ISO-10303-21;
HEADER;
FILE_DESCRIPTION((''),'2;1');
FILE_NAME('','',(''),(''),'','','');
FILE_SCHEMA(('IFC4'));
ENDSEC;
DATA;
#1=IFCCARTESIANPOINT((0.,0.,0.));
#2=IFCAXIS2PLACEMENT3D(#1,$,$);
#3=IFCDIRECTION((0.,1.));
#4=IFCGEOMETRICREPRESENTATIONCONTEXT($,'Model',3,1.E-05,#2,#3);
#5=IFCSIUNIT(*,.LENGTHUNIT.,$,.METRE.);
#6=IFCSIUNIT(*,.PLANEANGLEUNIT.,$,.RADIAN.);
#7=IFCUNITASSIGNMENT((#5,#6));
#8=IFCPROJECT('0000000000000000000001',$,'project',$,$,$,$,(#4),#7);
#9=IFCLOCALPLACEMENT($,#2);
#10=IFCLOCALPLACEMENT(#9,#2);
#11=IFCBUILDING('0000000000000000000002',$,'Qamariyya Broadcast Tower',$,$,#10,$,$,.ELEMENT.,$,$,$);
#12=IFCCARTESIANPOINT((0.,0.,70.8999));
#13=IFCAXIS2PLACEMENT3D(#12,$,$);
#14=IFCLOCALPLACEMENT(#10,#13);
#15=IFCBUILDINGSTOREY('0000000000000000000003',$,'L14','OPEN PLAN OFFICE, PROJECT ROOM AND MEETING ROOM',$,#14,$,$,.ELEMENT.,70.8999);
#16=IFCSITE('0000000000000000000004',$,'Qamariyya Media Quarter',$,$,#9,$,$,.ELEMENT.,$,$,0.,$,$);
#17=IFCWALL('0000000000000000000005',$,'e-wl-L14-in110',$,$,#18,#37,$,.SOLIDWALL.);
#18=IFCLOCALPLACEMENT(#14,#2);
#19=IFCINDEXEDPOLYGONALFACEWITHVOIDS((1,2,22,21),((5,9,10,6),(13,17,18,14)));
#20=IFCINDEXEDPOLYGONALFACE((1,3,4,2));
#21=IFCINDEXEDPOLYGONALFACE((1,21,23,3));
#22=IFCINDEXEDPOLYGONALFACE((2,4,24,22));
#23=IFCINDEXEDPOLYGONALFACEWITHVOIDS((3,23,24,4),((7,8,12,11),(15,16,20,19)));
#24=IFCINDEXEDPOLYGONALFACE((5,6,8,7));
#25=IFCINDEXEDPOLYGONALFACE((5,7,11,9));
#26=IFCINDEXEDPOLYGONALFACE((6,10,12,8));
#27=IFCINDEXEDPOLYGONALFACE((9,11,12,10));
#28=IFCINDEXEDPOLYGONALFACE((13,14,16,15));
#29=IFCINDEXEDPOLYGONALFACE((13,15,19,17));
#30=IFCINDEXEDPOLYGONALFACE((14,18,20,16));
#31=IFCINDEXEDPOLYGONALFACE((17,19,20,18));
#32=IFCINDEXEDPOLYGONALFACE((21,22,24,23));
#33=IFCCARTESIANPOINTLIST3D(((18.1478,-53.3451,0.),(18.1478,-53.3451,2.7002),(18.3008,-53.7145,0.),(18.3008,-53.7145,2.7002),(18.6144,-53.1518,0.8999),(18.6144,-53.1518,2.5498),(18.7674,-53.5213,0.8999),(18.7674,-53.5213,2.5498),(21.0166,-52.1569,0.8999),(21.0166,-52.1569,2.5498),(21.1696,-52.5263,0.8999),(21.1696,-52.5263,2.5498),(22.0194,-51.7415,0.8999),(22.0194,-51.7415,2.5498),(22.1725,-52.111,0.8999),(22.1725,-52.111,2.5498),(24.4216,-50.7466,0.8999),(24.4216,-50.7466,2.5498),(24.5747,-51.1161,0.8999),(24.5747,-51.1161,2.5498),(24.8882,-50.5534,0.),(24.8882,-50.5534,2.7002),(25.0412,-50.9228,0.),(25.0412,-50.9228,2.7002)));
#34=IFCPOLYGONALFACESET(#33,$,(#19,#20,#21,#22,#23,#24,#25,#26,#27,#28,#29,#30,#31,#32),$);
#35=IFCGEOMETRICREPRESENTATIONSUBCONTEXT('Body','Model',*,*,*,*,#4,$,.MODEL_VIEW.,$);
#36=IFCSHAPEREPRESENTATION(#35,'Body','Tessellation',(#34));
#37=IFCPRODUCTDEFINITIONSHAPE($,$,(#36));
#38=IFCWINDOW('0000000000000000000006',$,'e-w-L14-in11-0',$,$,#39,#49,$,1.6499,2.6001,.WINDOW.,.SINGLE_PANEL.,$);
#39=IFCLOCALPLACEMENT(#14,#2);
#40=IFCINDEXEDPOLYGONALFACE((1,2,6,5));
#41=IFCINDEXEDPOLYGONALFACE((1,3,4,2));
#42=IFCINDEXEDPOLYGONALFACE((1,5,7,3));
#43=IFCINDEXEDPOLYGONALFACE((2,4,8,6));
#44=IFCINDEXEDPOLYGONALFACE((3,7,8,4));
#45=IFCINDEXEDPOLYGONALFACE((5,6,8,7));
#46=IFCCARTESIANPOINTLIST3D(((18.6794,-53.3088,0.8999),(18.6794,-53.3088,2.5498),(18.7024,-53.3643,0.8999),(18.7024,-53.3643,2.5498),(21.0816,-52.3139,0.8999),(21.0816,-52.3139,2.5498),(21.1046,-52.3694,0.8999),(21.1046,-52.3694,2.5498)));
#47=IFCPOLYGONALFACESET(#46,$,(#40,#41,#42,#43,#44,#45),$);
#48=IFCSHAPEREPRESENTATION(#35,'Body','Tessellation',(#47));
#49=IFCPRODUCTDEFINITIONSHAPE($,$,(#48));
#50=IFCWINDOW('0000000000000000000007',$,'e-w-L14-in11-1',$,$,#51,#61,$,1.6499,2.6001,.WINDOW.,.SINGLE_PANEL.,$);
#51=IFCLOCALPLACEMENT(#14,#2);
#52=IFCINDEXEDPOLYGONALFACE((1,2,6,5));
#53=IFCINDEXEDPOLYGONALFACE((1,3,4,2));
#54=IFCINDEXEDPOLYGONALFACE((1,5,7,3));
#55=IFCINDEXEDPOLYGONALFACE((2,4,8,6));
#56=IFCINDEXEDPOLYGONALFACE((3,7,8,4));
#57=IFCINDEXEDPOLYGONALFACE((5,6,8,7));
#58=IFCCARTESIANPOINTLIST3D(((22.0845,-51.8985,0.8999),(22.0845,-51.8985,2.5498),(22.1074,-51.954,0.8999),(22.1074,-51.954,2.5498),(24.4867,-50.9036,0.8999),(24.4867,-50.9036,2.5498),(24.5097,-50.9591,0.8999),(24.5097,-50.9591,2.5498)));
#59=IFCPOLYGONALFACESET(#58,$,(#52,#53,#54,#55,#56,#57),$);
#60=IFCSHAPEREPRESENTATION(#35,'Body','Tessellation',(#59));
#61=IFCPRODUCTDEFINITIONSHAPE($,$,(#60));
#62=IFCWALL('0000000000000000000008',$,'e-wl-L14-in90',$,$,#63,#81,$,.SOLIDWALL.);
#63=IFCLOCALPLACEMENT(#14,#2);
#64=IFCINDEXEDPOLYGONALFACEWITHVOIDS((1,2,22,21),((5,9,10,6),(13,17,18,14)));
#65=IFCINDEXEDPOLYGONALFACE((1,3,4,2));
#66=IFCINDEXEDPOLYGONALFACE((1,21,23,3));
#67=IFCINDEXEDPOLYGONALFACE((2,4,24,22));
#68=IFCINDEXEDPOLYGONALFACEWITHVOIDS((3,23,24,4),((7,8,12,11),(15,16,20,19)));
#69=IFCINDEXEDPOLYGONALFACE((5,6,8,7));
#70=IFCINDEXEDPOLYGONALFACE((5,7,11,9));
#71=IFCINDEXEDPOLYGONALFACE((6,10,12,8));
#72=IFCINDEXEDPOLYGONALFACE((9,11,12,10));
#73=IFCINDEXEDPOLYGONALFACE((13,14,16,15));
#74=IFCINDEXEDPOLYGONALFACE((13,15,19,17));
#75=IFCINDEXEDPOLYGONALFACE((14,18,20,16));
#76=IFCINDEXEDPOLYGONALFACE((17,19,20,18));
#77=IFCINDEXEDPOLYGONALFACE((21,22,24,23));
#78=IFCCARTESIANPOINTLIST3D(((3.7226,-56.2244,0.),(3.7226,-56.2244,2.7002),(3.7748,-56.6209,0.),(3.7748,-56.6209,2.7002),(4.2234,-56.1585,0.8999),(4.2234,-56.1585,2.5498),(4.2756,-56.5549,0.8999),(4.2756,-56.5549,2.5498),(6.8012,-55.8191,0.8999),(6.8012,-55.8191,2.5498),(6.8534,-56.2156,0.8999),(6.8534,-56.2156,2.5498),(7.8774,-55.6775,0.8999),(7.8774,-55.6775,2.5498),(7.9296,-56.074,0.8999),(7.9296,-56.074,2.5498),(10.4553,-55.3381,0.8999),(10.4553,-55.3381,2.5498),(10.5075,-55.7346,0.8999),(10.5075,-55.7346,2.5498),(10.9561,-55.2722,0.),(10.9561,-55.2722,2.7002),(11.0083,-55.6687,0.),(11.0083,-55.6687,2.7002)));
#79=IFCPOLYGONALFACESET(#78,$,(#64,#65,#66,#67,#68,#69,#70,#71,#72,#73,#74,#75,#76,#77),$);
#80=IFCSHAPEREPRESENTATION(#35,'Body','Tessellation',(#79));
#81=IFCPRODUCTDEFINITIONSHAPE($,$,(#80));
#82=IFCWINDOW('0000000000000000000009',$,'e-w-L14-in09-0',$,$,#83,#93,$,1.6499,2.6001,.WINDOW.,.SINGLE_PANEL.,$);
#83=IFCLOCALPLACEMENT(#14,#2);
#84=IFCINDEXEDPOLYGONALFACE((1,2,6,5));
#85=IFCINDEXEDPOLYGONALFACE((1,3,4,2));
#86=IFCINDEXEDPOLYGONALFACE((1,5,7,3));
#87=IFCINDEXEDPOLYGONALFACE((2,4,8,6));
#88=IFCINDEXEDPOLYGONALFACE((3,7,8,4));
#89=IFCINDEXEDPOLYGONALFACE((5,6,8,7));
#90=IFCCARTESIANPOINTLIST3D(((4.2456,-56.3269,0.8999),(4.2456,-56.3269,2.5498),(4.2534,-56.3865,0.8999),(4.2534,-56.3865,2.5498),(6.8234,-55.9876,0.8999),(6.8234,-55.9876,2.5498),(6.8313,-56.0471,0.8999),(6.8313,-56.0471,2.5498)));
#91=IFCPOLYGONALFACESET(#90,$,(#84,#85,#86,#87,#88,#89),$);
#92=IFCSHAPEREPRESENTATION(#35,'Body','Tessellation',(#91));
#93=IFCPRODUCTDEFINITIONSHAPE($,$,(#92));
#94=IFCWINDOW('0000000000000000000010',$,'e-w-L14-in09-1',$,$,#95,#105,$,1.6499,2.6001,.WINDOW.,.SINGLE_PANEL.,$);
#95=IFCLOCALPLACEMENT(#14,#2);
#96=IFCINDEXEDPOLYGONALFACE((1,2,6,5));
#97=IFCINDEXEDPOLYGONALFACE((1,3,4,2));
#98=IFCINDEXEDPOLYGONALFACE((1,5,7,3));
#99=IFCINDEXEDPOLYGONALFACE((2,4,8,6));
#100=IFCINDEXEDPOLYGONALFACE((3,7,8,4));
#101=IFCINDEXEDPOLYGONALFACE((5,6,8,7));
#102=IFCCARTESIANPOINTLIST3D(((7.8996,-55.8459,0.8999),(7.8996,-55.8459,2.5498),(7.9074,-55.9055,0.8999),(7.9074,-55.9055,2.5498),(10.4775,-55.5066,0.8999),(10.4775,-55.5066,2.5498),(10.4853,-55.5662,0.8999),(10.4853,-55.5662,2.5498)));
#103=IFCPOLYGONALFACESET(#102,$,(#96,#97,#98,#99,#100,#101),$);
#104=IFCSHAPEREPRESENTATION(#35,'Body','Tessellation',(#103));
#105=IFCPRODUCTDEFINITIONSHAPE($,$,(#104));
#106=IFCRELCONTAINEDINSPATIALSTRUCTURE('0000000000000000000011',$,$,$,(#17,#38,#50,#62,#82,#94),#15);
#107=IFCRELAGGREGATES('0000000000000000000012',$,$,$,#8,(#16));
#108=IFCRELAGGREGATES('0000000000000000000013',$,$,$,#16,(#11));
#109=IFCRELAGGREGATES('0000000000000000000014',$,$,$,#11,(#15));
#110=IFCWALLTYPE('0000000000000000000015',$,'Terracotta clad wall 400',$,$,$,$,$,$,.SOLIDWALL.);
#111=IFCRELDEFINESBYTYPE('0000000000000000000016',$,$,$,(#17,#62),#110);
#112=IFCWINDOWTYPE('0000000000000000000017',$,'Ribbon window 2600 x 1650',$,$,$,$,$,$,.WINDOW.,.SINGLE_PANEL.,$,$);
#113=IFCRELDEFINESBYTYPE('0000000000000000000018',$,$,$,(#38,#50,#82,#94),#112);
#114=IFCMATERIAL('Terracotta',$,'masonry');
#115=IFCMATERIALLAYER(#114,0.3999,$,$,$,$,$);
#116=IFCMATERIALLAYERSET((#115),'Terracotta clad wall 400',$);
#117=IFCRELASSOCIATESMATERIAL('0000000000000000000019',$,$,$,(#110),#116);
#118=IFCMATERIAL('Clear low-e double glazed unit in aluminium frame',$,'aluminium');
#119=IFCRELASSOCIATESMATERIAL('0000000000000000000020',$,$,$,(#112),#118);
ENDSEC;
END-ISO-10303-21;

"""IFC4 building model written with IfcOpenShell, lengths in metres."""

from ifc_helpers import new_model, si_unit, direction, frame, frame_2d, origin, place, context, subcontext, project, spatial, rectangle, extrude, material, layer, layer_set, type_object, element, fill, save


model = new_model("IFC4")

# Units and contexts
model_context = context("Model", 3, precision=1e-05, world=origin(), true_north=direction((0.0, 1.0)))
body_context = subcontext(model_context, "Body", "Model", "MODEL_VIEW")
ifc_project = project(units=[si_unit("LENGTHUNIT", "METRE"), si_unit("PLANEANGLEUNIT", "RADIAN")], contexts=[model_context])

# Site, building, storey
site_placement = place(None, origin())
site = spatial("IfcSite", under=ifc_project, at=site_placement, Name="Qamariyya Media Quarter", CompositionType="ELEMENT", RefElevation=0.0)
building_placement = place(site_placement, origin())
building = spatial("IfcBuilding", under=site, at=building_placement, Name="Qamariyya Broadcast Tower", CompositionType="ELEMENT")
storey_placement = place(building_placement, frame((0.0, 0.0, 70.8999)))
storey = spatial("IfcBuildingStorey", under=building, at=storey_placement, Name="L14", Description="OPEN PLAN OFFICE, PROJECT ROOM AND MEETING ROOM", CompositionType="ELEMENT", Elevation=70.8999)

# Walls, openings, windows
ifc_material_1 = material(Name="Terracotta", Category="masonry")
ifc_layer_1 = layer(ifc_material_1, 0.3999)
ifc_layer_set_1 = layer_set([ifc_layer_1], Name="Terracotta clad wall 400")
wall_type_1 = type_object("IfcWallType", Name="Terracotta clad wall 400", PredefinedType="SOLIDWALL", material=ifc_layer_set_1)
ifc_material_2 = material(Name="Clear low-e double glazed unit in aluminium frame", Category="aluminium")
window_type = type_object("IfcWindowType", Name="Ribbon window 2600 x 1650", PartitioningType="SINGLE_PANEL", PredefinedType="WINDOW", material=ifc_material_2)
wall_1_placement = place(storey_placement, frame((24.9648, -50.738, 0.0), z_axis=(0.0, 0.0, 1.0), x_axis=(-0.923892, -0.382654, 0.0)))
wall_1 = element("IfcWall", 1, at=wall_1_placement, inside=storey, type_object=wall_type_1, Name="e-wl-L14-in110", PredefinedType="SOLIDWALL", context=body_context, shape_type="SweptSolid", body=[
    extrude(rectangle(XDim=7.2957, YDim=0.3999, at=frame_2d((3.6479, 0.0))), origin(), (0.0, 0.0, 1.0), 2.7002),
])
opening_1_placement = place(wall_1_placement, frame((4.1907, 0.0, 0.8999)))
opening_1 = element("IfcOpeningElement", 2, at=opening_1_placement, cuts=wall_1, PredefinedType="OPENING", context=body_context, shape_type="SweptSolid", body=[
    extrude(rectangle(XDim=2.6001, YDim=1.6499, at=frame_2d((1.3, 0.825))), frame((0.0, 0.21, 0.0), z_axis=(0.0, -1.0, 0.0), x_axis=(1.0, 0.0, 0.0)), (0.0, 0.0, 1.0), 0.4199),
])
opening_2_placement = place(wall_1_placement, frame((0.5051, 0.0, 0.8999)))
opening_2 = element("IfcOpeningElement", 3, at=opening_2_placement, cuts=wall_1, PredefinedType="OPENING", context=body_context, shape_type="SweptSolid", body=[
    extrude(rectangle(XDim=2.6001, YDim=1.6499, at=frame_2d((1.3, 0.825))), frame((0.0, 0.21, 0.0), z_axis=(0.0, -1.0, 0.0), x_axis=(1.0, 0.0, 0.0)), (0.0, 0.0, 1.0), 0.4199),
])
window_1_placement = place(opening_1_placement, origin())
window_1 = element("IfcWindow", 4, at=window_1_placement, inside=storey, type_object=window_type, Name="e-w-L14-in11-0", OverallHeight=1.6499, OverallWidth=2.6001, PartitioningType="SINGLE_PANEL", PredefinedType="WINDOW", context=body_context, shape_type="SweptSolid", body=[
    extrude(rectangle(XDim=2.6001, YDim=1.6499, at=frame_2d((1.3, 0.825))), frame((0.0, 0.03, 0.0), z_axis=(0.0, -1.0, 0.0), x_axis=(1.0, 0.0, 0.0)), (0.0, 0.0, 1.0), 0.0601),
])
fill(opening_1, window_1)
window_2_placement = place(opening_2_placement, origin())
window_2 = element("IfcWindow", 5, at=window_2_placement, inside=storey, type_object=window_type, Name="e-w-L14-in11-1", OverallHeight=1.6499, OverallWidth=2.6001, PartitioningType="SINGLE_PANEL", PredefinedType="WINDOW", context=body_context, shape_type="SweptSolid", body=[
    extrude(rectangle(XDim=2.6001, YDim=1.6499, at=frame_2d((1.3, 0.825))), frame((0.0, 0.03, 0.0), z_axis=(0.0, -1.0, 0.0), x_axis=(1.0, 0.0, 0.0)), (0.0, 0.0, 1.0), 0.0601),
])
fill(opening_2, window_2)
wall_2_placement = place(storey_placement, frame((10.9822, -55.4705, 0.0), z_axis=(0.0, 0.0, 1.0), x_axis=(-0.991447, -0.130506, 0.0)))
wall_2 = element("IfcWall", 6, at=wall_2_placement, inside=storey, type_object=wall_type_1, Name="e-wl-L14-in90", PredefinedType="SOLIDWALL", context=body_context, shape_type="SweptSolid", body=[
    extrude(rectangle(XDim=7.2959, YDim=0.3999, at=frame_2d((3.6479, 0.0))), origin(), (0.0, 0.0, 1.0), 2.7002),
])
opening_3_placement = place(wall_2_placement, frame((4.1907, 0.0, 0.8999)))
opening_3 = element("IfcOpeningElement", 7, at=opening_3_placement, cuts=wall_2, PredefinedType="OPENING", context=body_context, shape_type="SweptSolid", body=[
    extrude(rectangle(XDim=2.6001, YDim=1.6499, at=frame_2d((1.3, 0.825))), frame((0.0, 0.21, 0.0), z_axis=(0.0, -1.0, 0.0), x_axis=(1.0, 0.0, 0.0)), (0.0, 0.0, 1.0), 0.4199),
])
opening_4_placement = place(wall_2_placement, frame((0.5051, 0.0, 0.8999)))
opening_4 = element("IfcOpeningElement", 8, at=opening_4_placement, cuts=wall_2, PredefinedType="OPENING", context=body_context, shape_type="SweptSolid", body=[
    extrude(rectangle(XDim=2.6001, YDim=1.6499, at=frame_2d((1.3, 0.825))), frame((0.0, 0.21, 0.0), z_axis=(0.0, -1.0, 0.0), x_axis=(1.0, 0.0, 0.0)), (0.0, 0.0, 1.0), 0.4199),
])
window_3_placement = place(opening_3_placement, origin())
window_3 = element("IfcWindow", 9, at=window_3_placement, inside=storey, type_object=window_type, Name="e-w-L14-in09-0", OverallHeight=1.6499, OverallWidth=2.6001, PartitioningType="SINGLE_PANEL", PredefinedType="WINDOW", context=body_context, shape_type="SweptSolid", body=[
    extrude(rectangle(XDim=2.6001, YDim=1.6499, at=frame_2d((1.3, 0.825))), frame((0.0, 0.03, 0.0), z_axis=(0.0, -1.0, 0.0), x_axis=(1.0, 0.0, 0.0)), (0.0, 0.0, 1.0), 0.0601),
])
fill(opening_3, window_3)
window_4_placement = place(opening_4_placement, origin())
window_4 = element("IfcWindow", 10, at=window_4_placement, inside=storey, type_object=window_type, Name="e-w-L14-in09-1", OverallHeight=1.6499, OverallWidth=2.6001, PartitioningType="SINGLE_PANEL", PredefinedType="WINDOW", context=body_context, shape_type="SweptSolid", body=[
    extrude(rectangle(XDim=2.6001, YDim=1.6499, at=frame_2d((1.3, 0.825))), frame((0.0, 0.03, 0.0), z_axis=(0.0, -1.0, 0.0), x_axis=(1.0, 0.0, 0.0)), (0.0, 0.0, 1.0), 0.0601),
])
fill(opening_4, window_4)

save(model, "model.ifc")
